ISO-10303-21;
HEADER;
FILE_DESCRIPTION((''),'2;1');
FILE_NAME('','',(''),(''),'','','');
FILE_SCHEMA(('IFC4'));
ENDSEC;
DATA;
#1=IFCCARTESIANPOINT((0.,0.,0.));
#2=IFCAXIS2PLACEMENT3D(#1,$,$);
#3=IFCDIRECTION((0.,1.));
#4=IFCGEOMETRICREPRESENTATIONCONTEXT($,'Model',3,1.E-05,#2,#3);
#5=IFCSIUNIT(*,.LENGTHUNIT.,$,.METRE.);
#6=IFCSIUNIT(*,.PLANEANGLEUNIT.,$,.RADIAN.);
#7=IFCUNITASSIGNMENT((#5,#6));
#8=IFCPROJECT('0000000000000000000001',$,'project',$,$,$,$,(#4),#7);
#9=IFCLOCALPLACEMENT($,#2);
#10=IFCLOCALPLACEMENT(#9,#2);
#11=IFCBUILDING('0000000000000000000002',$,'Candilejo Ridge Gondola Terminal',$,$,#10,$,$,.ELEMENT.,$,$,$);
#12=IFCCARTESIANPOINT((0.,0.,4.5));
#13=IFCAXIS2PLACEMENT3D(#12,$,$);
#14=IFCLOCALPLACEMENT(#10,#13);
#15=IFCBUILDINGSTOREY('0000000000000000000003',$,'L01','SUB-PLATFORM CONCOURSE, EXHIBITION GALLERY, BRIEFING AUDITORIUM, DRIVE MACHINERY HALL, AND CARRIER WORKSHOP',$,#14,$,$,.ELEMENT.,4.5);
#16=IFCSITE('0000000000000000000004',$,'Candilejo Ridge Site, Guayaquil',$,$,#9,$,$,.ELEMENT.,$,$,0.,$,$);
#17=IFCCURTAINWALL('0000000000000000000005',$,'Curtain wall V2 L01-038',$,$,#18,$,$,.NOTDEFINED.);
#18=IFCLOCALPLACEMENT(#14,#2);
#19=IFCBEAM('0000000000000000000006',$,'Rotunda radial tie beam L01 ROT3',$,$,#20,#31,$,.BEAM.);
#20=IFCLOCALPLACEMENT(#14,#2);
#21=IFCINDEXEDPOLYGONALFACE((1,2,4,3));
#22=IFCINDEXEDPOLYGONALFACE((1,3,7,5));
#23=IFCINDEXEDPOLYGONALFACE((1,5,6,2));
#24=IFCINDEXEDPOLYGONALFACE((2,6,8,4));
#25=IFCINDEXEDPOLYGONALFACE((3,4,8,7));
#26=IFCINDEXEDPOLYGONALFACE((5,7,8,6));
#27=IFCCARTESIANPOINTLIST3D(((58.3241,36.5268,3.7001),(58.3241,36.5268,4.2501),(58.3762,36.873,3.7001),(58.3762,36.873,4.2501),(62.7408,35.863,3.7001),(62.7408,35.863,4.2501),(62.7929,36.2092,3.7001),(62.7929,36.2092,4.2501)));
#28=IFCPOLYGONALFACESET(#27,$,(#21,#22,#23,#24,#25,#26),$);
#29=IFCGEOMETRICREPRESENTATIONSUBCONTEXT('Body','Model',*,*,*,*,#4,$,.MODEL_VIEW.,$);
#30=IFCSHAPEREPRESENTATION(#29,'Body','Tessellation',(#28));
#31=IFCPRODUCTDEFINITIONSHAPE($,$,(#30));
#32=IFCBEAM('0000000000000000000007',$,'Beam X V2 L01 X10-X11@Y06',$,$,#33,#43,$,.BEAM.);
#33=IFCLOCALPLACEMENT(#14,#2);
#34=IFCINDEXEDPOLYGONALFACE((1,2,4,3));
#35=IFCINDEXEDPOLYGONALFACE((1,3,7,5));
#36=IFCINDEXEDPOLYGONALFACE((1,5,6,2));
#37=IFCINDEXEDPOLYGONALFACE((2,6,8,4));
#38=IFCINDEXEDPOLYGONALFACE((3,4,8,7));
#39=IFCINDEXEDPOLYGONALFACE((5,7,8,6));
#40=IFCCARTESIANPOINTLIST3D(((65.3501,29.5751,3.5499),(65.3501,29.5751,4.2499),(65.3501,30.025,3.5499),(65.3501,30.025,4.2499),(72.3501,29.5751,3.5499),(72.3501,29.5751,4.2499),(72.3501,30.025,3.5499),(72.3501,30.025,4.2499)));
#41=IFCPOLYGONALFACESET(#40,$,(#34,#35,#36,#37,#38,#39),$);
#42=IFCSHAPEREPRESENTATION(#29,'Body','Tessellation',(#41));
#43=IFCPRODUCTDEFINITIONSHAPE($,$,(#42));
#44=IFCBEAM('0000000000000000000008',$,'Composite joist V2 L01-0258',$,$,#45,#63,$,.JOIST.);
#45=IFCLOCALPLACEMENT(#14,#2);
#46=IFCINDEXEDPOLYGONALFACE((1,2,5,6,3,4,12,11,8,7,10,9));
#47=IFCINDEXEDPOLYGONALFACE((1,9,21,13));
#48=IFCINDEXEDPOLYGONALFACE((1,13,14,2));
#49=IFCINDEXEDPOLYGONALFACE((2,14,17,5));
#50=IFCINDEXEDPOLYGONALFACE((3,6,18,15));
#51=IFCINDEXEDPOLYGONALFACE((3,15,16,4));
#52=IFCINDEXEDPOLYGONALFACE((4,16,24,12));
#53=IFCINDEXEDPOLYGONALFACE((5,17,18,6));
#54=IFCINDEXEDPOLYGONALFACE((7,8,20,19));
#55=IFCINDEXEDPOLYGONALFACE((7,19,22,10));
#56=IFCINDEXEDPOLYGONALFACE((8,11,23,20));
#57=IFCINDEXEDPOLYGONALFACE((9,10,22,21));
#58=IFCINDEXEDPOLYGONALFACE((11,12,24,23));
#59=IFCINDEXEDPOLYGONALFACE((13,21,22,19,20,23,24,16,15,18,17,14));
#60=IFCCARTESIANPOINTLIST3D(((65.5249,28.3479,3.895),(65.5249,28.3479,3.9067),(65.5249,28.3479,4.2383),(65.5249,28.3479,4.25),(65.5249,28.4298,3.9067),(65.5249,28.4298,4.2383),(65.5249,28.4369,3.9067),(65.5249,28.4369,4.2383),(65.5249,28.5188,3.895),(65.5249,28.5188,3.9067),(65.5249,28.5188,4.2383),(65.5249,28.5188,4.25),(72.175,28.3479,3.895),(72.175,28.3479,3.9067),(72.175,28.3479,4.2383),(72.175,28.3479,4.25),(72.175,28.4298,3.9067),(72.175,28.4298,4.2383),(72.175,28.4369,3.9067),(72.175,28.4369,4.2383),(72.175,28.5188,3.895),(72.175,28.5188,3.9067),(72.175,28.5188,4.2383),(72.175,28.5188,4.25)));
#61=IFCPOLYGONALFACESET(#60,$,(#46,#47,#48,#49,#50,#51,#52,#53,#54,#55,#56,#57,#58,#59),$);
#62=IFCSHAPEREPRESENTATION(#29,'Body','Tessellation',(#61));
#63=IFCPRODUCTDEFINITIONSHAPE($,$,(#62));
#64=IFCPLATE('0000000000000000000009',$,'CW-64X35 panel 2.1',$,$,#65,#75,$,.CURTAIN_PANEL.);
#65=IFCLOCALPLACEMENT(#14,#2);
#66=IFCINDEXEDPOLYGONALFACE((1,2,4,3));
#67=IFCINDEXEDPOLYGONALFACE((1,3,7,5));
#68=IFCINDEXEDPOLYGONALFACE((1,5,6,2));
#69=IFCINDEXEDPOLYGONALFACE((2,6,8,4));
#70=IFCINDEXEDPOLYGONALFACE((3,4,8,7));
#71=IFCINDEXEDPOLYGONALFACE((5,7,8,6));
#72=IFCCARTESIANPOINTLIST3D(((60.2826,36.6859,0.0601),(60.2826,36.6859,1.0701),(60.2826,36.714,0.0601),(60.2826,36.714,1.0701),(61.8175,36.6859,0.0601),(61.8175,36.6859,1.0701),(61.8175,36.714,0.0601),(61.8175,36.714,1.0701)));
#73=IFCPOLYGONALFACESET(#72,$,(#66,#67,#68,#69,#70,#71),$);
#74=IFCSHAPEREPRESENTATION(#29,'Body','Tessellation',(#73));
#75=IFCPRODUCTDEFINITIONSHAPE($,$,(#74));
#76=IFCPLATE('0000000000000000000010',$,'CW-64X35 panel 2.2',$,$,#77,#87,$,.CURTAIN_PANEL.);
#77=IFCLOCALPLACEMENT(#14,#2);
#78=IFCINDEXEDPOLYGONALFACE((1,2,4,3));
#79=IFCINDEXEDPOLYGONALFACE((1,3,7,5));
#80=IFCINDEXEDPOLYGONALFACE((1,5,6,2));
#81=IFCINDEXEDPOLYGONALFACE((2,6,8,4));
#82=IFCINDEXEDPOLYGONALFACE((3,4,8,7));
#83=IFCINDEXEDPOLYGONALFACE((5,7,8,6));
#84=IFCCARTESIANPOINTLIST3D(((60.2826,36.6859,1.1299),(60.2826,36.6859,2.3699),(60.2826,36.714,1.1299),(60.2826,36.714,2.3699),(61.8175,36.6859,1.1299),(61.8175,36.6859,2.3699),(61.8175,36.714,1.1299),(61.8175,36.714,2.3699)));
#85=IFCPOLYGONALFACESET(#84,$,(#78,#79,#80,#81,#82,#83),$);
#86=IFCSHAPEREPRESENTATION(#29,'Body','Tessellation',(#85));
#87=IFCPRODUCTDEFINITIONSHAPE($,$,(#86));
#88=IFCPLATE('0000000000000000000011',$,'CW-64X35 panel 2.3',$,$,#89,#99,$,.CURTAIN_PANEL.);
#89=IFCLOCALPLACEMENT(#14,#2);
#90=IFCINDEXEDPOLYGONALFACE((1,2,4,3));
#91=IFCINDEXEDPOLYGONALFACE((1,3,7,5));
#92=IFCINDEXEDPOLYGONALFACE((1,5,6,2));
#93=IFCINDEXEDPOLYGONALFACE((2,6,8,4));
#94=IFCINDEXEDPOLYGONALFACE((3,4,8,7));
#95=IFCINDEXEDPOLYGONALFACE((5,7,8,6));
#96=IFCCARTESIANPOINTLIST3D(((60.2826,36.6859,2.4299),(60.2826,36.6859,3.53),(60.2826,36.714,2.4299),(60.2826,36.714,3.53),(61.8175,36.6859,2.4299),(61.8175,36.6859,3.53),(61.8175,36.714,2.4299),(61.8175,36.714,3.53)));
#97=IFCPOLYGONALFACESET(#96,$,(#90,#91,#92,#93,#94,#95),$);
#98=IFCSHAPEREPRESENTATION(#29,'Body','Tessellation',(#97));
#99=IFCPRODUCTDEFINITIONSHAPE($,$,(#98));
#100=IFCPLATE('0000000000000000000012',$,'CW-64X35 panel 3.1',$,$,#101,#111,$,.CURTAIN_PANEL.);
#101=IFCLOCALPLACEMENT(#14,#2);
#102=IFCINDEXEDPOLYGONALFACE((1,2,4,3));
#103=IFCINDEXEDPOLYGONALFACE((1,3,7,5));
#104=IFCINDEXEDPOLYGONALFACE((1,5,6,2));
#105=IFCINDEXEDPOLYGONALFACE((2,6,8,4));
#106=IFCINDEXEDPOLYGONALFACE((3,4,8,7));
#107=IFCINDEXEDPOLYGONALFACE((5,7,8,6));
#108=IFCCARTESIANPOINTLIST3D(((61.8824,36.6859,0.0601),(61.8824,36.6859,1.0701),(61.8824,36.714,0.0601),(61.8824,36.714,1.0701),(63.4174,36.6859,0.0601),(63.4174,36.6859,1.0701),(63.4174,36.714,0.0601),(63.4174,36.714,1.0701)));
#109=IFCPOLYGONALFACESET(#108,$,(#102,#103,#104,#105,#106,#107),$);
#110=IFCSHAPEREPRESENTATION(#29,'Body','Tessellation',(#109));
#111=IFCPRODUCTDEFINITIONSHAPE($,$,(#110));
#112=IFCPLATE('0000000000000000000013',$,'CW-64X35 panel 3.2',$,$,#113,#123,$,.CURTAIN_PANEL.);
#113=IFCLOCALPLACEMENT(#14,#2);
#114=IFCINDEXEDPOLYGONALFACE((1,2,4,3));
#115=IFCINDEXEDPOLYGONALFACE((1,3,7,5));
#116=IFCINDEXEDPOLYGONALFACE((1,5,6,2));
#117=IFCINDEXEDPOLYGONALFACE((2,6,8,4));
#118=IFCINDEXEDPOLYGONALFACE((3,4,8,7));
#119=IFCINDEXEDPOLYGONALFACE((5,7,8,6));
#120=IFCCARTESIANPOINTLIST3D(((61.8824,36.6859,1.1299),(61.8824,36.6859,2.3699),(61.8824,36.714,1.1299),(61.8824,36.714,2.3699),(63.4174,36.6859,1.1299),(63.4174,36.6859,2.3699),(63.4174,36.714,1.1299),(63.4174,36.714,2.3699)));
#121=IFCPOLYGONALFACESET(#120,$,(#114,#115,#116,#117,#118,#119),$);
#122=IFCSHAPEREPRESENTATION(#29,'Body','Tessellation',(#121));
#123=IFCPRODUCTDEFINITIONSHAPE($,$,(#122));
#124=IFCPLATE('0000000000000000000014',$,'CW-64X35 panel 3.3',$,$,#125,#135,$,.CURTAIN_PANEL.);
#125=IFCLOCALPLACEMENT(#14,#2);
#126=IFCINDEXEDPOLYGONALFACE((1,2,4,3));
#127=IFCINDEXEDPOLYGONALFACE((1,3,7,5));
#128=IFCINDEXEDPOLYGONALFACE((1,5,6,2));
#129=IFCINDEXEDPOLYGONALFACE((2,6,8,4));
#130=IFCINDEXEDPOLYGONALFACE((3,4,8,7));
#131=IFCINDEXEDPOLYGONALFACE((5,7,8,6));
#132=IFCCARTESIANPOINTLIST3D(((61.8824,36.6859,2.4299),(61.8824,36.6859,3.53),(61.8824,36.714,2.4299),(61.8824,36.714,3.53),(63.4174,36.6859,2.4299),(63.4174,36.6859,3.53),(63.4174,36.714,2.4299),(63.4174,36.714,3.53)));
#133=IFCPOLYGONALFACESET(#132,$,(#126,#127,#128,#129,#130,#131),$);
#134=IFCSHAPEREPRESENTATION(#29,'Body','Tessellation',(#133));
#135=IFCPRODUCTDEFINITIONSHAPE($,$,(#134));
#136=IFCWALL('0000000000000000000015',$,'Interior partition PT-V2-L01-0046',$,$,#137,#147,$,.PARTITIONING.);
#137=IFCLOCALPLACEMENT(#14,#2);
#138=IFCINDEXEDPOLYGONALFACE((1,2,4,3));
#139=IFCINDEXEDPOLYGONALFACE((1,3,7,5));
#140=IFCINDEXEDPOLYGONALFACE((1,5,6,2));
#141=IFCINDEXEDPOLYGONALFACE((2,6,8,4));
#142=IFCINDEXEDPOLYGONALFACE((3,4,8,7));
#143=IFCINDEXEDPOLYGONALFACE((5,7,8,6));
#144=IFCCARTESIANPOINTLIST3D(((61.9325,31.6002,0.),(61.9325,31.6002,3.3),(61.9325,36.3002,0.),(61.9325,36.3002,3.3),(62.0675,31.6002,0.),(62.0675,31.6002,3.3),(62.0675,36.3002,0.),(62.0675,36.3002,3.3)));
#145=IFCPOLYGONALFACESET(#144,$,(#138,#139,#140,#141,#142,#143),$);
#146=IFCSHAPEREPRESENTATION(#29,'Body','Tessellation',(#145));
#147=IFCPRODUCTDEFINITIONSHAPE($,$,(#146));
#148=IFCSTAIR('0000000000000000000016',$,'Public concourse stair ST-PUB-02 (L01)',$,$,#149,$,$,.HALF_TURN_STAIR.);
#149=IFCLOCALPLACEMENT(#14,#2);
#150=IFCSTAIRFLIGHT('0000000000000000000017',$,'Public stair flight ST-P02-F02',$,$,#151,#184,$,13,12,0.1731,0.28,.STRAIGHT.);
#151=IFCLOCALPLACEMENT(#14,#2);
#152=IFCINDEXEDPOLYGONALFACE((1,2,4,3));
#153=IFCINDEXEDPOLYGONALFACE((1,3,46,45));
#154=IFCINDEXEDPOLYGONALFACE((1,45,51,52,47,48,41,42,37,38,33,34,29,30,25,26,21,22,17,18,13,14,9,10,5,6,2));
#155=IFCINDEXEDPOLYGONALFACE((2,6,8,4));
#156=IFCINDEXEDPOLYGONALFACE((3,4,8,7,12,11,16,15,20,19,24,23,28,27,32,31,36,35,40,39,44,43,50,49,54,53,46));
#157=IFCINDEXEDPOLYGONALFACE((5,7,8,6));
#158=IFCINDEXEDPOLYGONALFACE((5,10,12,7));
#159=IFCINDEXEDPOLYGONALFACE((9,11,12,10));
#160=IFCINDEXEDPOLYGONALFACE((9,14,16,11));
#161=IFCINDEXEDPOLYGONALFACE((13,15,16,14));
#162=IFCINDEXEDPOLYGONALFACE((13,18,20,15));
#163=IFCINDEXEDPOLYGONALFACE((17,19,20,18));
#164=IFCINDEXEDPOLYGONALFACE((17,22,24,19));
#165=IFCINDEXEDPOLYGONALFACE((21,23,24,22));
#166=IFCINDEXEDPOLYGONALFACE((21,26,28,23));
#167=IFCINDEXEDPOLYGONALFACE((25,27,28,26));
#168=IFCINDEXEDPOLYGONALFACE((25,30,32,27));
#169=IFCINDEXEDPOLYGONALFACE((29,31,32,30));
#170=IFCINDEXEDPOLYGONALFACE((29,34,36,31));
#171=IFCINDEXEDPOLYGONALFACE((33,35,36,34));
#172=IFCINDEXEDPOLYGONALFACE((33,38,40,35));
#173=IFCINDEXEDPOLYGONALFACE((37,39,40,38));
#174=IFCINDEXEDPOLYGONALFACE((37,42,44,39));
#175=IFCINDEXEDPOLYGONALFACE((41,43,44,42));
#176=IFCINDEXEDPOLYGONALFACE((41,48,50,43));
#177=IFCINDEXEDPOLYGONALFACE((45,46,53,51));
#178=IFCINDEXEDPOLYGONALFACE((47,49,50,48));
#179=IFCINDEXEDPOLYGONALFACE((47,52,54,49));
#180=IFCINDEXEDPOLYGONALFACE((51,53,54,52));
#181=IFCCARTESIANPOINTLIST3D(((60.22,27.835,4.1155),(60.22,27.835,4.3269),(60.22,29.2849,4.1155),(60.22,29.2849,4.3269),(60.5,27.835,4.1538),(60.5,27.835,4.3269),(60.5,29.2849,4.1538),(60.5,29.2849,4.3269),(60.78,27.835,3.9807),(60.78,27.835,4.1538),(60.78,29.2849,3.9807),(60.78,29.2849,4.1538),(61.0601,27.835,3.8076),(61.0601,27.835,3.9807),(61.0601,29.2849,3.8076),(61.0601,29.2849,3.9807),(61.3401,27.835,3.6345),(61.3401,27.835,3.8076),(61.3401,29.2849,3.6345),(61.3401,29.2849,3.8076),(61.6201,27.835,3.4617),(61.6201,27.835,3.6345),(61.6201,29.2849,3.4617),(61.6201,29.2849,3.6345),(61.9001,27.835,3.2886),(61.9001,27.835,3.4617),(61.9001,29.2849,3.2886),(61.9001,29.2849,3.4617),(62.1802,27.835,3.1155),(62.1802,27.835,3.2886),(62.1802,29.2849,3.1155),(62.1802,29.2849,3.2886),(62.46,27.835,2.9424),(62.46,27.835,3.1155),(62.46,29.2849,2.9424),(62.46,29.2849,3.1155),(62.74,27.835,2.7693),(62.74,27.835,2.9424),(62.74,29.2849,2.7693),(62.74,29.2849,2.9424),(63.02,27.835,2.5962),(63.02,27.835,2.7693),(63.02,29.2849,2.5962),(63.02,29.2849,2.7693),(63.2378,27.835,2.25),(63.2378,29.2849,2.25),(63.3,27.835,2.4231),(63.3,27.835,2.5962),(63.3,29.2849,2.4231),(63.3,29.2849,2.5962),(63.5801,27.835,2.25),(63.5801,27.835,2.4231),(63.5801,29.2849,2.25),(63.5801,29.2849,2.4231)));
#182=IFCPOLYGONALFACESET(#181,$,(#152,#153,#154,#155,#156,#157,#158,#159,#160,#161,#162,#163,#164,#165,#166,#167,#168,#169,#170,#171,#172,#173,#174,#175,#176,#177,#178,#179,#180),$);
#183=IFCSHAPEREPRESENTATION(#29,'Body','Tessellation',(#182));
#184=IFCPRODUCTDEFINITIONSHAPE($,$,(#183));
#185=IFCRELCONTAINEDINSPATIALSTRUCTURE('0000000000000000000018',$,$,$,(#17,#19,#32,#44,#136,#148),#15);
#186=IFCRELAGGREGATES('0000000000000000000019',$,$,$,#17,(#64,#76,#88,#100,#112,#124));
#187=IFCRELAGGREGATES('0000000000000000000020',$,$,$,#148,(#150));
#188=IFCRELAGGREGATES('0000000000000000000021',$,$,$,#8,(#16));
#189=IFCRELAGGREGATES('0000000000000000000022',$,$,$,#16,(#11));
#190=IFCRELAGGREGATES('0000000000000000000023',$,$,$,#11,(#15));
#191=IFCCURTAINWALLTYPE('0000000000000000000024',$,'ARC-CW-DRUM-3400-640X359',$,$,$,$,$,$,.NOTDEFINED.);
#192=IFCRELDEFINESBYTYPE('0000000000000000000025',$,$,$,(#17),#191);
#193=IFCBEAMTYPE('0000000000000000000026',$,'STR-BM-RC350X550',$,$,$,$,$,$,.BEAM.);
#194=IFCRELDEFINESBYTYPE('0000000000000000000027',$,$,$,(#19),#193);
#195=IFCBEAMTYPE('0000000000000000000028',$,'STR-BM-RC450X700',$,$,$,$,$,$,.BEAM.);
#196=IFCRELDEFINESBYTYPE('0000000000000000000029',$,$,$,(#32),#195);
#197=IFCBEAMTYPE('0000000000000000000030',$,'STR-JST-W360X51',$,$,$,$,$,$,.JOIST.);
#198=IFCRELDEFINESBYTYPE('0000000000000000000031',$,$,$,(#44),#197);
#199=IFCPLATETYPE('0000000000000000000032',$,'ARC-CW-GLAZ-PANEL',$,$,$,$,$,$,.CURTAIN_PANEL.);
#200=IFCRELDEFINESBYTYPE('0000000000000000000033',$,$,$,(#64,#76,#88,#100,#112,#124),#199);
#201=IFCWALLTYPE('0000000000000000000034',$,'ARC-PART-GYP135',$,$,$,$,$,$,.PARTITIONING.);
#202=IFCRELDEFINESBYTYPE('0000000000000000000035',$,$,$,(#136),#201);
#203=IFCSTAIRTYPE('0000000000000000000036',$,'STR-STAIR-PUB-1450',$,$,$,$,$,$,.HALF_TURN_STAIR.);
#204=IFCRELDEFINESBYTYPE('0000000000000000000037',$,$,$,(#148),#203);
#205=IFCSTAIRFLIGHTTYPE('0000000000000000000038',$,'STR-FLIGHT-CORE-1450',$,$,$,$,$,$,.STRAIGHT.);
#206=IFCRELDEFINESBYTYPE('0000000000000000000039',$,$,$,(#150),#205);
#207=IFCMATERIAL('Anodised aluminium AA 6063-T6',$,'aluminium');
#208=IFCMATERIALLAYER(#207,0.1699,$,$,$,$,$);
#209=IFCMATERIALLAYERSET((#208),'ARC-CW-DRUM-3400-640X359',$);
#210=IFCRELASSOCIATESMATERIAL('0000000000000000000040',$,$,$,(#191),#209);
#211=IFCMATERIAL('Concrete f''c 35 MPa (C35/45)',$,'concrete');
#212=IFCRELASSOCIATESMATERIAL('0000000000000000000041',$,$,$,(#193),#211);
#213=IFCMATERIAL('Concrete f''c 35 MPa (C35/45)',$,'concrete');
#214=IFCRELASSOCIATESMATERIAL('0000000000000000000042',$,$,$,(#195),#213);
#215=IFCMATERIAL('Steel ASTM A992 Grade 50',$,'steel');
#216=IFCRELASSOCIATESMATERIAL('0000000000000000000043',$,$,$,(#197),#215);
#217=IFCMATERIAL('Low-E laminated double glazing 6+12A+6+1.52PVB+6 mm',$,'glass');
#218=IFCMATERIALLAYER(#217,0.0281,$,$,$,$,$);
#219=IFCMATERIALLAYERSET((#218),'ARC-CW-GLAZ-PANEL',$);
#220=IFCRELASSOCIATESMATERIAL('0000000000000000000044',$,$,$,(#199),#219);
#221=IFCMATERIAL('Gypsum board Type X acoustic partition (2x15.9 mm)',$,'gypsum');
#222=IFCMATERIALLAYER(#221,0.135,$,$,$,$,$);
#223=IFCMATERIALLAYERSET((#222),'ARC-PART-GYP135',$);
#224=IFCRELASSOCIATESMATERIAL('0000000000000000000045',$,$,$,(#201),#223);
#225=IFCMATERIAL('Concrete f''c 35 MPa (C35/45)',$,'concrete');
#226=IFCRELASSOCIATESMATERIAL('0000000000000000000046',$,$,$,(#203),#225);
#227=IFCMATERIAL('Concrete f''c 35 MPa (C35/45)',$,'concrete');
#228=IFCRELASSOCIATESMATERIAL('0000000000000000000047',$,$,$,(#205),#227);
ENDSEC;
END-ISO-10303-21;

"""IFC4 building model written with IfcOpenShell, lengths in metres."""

from ifc_helpers import new_model, si_unit, direction, frame, frame_2d, origin, origin_2d, place, context, subcontext, project, spatial, polyline, rectangle, i_section, outline, extrude, material, layer, layer_set, material_profile, profile_set, type_object, element, aggregate, save


model = new_model("IFC4")

# Units and contexts
model_context = context("Model", 3, precision=1e-05, world=origin(), true_north=direction((0.0, 1.0)))
body_context = subcontext(model_context, "Body", "Model", "MODEL_VIEW")
ifc_project = project(units=[si_unit("LENGTHUNIT", "METRE"), si_unit("PLANEANGLEUNIT", "RADIAN")], contexts=[model_context])

# Site, building, storey
site_placement = place(None, origin())
site = spatial("IfcSite", under=ifc_project, at=site_placement, Name="Candilejo Ridge Site, Guayaquil", CompositionType="ELEMENT", RefElevation=0.0)
building_placement = place(site_placement, origin())
building = spatial("IfcBuilding", under=site, at=building_placement, Name="Candilejo Ridge Gondola Terminal", CompositionType="ELEMENT")
storey_placement = place(building_placement, frame((0.0, 0.0, 4.5)))
storey = spatial("IfcBuildingStorey", under=building, at=storey_placement, Name="L01", Description="SUB-PLATFORM CONCOURSE, EXHIBITION GALLERY, BRIEFING AUDITORIUM, DRIVE MACHINERY HALL, AND CARRIER WORKSHOP", CompositionType="ELEMENT", Elevation=4.5)

# Curtain wall
ifc_material_1 = material(Name="Anodised aluminium AA 6063-T6", Category="aluminium")
ifc_layer_1 = layer(ifc_material_1, 0.1699)
ifc_layer_set_1 = layer_set([ifc_layer_1], Name="ARC-CW-DRUM-3400-640X359")
curtain_wall_type = type_object("IfcCurtainWallType", Name="ARC-CW-DRUM-3400-640X359", PredefinedType="NOTDEFINED", material=ifc_layer_set_1)
curtain_wall_placement = place(storey_placement, origin())
curtain_wall = element("IfcCurtainWall", 1, at=curtain_wall_placement, inside=storey, type_object=curtain_wall_type, Name="Curtain wall V2 L01-038", PredefinedType="NOTDEFINED")

# Beams
ifc_material_2 = material(Name="Concrete f'c 35 MPa (C35/45)", Category="concrete")
ifc_material_profile_1 = material_profile(ifc_material_2, rectangle(XDim=0.3501, YDim=0.55, at=origin_2d()))
ifc_profile_set_1 = profile_set([ifc_material_profile_1], Name="Concrete f'c 35 MPa (C35/45)")
beam_type_1 = type_object("IfcBeamType", Name="STR-BM-RC350X550", PredefinedType="BEAM", material=ifc_profile_set_1)
beam_1_placement = place(storey_placement, frame((62.7668, 36.0361, 3.9751), z_axis=(-0.988893, 0.148626, 0.0), x_axis=(-0.148626, -0.988893, 0.0)))
element("IfcBeam", 2, at=beam_1_placement, inside=storey, type_object=beam_type_1, Name="Rotunda radial tie beam L01 ROT3", PredefinedType="BEAM", context=body_context, shape_type="SweptSolid", body=[
    extrude(rectangle(XDim=0.3501, YDim=0.55, at=origin_2d()), origin(), (0.0, 0.0, 1.0), 4.4663),
])
ifc_material_3 = material(Name="Concrete f'c 35 MPa (C35/45)", Category="concrete")
ifc_material_profile_2 = material_profile(ifc_material_3, rectangle(XDim=0.45, YDim=0.7, at=origin_2d()))
ifc_profile_set_2 = profile_set([ifc_material_profile_2], Name="Concrete f'c 35 MPa (C35/45)")
beam_type_2 = type_object("IfcBeamType", Name="STR-BM-RC450X700", PredefinedType="BEAM", material=ifc_profile_set_2)
beam_2_placement = place(storey_placement, frame((65.3501, 29.8, 3.8999), z_axis=(1.0, 0.0, 0.0), x_axis=(0.0, 1.0, 0.0)))
element("IfcBeam", 3, at=beam_2_placement, inside=storey, type_object=beam_type_2, Name="Beam X V2 L01 X10-X11@Y06", PredefinedType="BEAM", context=body_context, shape_type="SweptSolid", body=[
    extrude(rectangle(XDim=0.45, YDim=0.7, at=origin_2d()), origin(), (0.0, 0.0, 1.0), 7.0),
])
ifc_material_4 = material(Name="Steel ASTM A992 Grade 50", Category="steel")
ifc_material_profile_3 = material_profile(ifc_material_4, i_section(OverallWidth=0.1709, OverallDepth=0.355, WebThickness=0.0071, FlangeThickness=0.0117, at=origin_2d()))
ifc_profile_set_3 = profile_set([ifc_material_profile_3], Name="Steel ASTM A992 Grade 50")
beam_type_3 = type_object("IfcBeamType", Name="STR-JST-W360X51", PredefinedType="JOIST", material=ifc_profile_set_3)
beam_3_placement = place(storey_placement, frame((65.5249, 28.4333, 4.0725), z_axis=(1.0, 0.0, 0.0), x_axis=(0.0, 1.0, 0.0)))
element("IfcBeam", 4, at=beam_3_placement, inside=storey, type_object=beam_type_3, Name="Composite joist V2 L01-0258", PredefinedType="JOIST", context=body_context, shape_type="SweptSolid", body=[
    extrude(i_section(OverallWidth=0.1709, OverallDepth=0.355, WebThickness=0.0071, FlangeThickness=0.0117, at=origin_2d()), origin(), (0.0, 0.0, 1.0), 6.6501),
])

# Plates
ifc_material_5 = material(Name="Low-E laminated double glazing 6+12A+6+1.52PVB+6 mm", Category="glass")
ifc_layer_2 = layer(ifc_material_5, 0.0281)
ifc_layer_set_2 = layer_set([ifc_layer_2], Name="ARC-CW-GLAZ-PANEL")
plate_type = type_object("IfcPlateType", Name="ARC-CW-GLAZ-PANEL", PredefinedType="CURTAIN_PANEL", material=ifc_layer_set_2)
plate_1_placement = place(storey_placement, frame((61.05, 36.7, 0.0601), z_axis=(0.0, 0.0, 1.0), x_axis=(1.0, 0.0, 0.0)))
plate_1 = element("IfcPlate", 5, at=plate_1_placement, type_object=plate_type, Name="CW-64X35 panel 2.1", PredefinedType="CURTAIN_PANEL", context=body_context, shape_type="SweptSolid", body=[
    extrude(rectangle(XDim=1.5349, YDim=0.0281, at=origin_2d()), origin(), (0.0, 0.0, 1.0), 1.01),
])
plate_2_placement = place(storey_placement, frame((61.05, 36.7, 1.1299), z_axis=(0.0, 0.0, 1.0), x_axis=(1.0, 0.0, 0.0)))
plate_2 = element("IfcPlate", 6, at=plate_2_placement, type_object=plate_type, Name="CW-64X35 panel 2.2", PredefinedType="CURTAIN_PANEL", context=body_context, shape_type="SweptSolid", body=[
    extrude(rectangle(XDim=1.5349, YDim=0.0281, at=origin_2d()), origin(), (0.0, 0.0, 1.0), 1.24),
])
plate_3_placement = place(storey_placement, frame((61.05, 36.7, 2.4299), z_axis=(0.0, 0.0, 1.0), x_axis=(1.0, 0.0, 0.0)))
plate_3 = element("IfcPlate", 7, at=plate_3_placement, type_object=plate_type, Name="CW-64X35 panel 2.3", PredefinedType="CURTAIN_PANEL", context=body_context, shape_type="SweptSolid", body=[
    extrude(rectangle(XDim=1.5349, YDim=0.0281, at=origin_2d()), origin(), (0.0, 0.0, 1.0), 1.1001),
])
plate_4_placement = place(storey_placement, frame((62.6499, 36.7, 0.0601), z_axis=(0.0, 0.0, 1.0), x_axis=(1.0, 0.0, 0.0)))
plate_4 = element("IfcPlate", 8, at=plate_4_placement, type_object=plate_type, Name="CW-64X35 panel 3.1", PredefinedType="CURTAIN_PANEL", context=body_context, shape_type="SweptSolid", body=[
    extrude(rectangle(XDim=1.5349, YDim=0.0281, at=origin_2d()), origin(), (0.0, 0.0, 1.0), 1.01),
])
plate_5_placement = place(storey_placement, frame((62.6499, 36.7, 1.1299), z_axis=(0.0, 0.0, 1.0), x_axis=(1.0, 0.0, 0.0)))
plate_5 = element("IfcPlate", 9, at=plate_5_placement, type_object=plate_type, Name="CW-64X35 panel 3.2", PredefinedType="CURTAIN_PANEL", context=body_context, shape_type="SweptSolid", body=[
    extrude(rectangle(XDim=1.5349, YDim=0.0281, at=origin_2d()), origin(), (0.0, 0.0, 1.0), 1.24),
])
plate_6_placement = place(storey_placement, frame((62.6499, 36.7, 2.4299), z_axis=(0.0, 0.0, 1.0), x_axis=(1.0, 0.0, 0.0)))
plate_6 = element("IfcPlate", 10, at=plate_6_placement, type_object=plate_type, Name="CW-64X35 panel 3.3", PredefinedType="CURTAIN_PANEL", context=body_context, shape_type="SweptSolid", body=[
    extrude(rectangle(XDim=1.5349, YDim=0.0281, at=origin_2d()), origin(), (0.0, 0.0, 1.0), 1.1001),
])
aggregate(curtain_wall, [plate_1, plate_2, plate_3, plate_4, plate_5, plate_6])

# Wall
ifc_material_6 = material(Name="Gypsum board Type X acoustic partition (2x15.9 mm)", Category="gypsum")
ifc_layer_3 = layer(ifc_material_6, 0.135)
ifc_layer_set_3 = layer_set([ifc_layer_3], Name="ARC-PART-GYP135")
wall_type = type_object("IfcWallType", Name="ARC-PART-GYP135", PredefinedType="PARTITIONING", material=ifc_layer_set_3)
wall_placement = place(storey_placement, frame((62.0, 31.6001, 0.0), z_axis=(0.0, 0.0, 1.0), x_axis=(0.0, 1.0, 0.0)))
element("IfcWall", 11, at=wall_placement, inside=storey, type_object=wall_type, Name="Interior partition PT-V2-L01-0046", PredefinedType="PARTITIONING", context=body_context, shape_type="SweptSolid", body=[
    extrude(rectangle(XDim=4.7, YDim=0.135, at=frame_2d((2.3501, 0.0))), origin(), (0.0, 0.0, 1.0), 3.3),
])

# Stair, stair flight
ifc_material_7 = material(Name="Concrete f'c 35 MPa (C35/45)", Category="concrete")
stair_type = type_object("IfcStairType", Name="STR-STAIR-PUB-1450", PredefinedType="HALF_TURN_STAIR", material=ifc_material_7)
stair_placement = place(storey_placement, origin())
stair = element("IfcStair", 12, at=stair_placement, inside=storey, type_object=stair_type, Name="Public concourse stair ST-PUB-02 (L01)", PredefinedType="HALF_TURN_STAIR")
ifc_material_8 = material(Name="Concrete f'c 35 MPa (C35/45)", Category="concrete")
stair_flight_type = type_object("IfcStairFlightType", Name="STR-FLIGHT-CORE-1450", PredefinedType="STRAIGHT", material=ifc_material_8)
stair_flight_placement = place(storey_placement, frame((63.5801, 28.5601, 2.25), z_axis=(0.0, 0.0, 1.0), x_axis=(-1.0, 0.0, 0.0)))
stair_flight = element("IfcStairFlight", 13, at=stair_flight_placement, type_object=stair_flight_type, Name="Public stair flight ST-P02-F02", NumberOfRisers=13, NumberOfTreads=12, PredefinedType="STRAIGHT", RiserHeight=0.1731, TreadLength=0.28, context=body_context, shape_type="SweptSolid", body=[
    extrude(outline(polyline([(0.0, 0.0), (0.0, 0.1731), (0.28, 0.1731), (0.28, 0.3462), (0.5601, 0.3462), (0.5601, 0.5193), (0.8401, 0.5193), (0.8401, 0.6924), (1.1201, 0.6924), (1.1201, 0.8655), (1.3999, 0.8655), (1.3999, 1.0386), (1.6799, 1.0386), (1.6799, 1.2117), (1.96, 1.2117), (1.96, 1.3845), (2.24, 1.3845), (2.24, 1.5576), (2.52, 1.5576), (2.52, 1.7307), (2.8, 1.7307), (2.8, 1.9038), (3.0801, 1.9038), (3.0801, 2.0769), (3.3601, 2.0769), (3.3601, 2.25), (3.3601, 1.8655), (0.3423, 0.0), (0.0, 0.0)])), frame((0.0, 0.7251, 0.0), z_axis=(0.0, -1.0, 0.0), x_axis=(1.0, 0.0, 0.0)), (0.0, 0.0, 1.0), 1.45),
])
aggregate(stair, [stair_flight])

save(model, "model.ifc")
